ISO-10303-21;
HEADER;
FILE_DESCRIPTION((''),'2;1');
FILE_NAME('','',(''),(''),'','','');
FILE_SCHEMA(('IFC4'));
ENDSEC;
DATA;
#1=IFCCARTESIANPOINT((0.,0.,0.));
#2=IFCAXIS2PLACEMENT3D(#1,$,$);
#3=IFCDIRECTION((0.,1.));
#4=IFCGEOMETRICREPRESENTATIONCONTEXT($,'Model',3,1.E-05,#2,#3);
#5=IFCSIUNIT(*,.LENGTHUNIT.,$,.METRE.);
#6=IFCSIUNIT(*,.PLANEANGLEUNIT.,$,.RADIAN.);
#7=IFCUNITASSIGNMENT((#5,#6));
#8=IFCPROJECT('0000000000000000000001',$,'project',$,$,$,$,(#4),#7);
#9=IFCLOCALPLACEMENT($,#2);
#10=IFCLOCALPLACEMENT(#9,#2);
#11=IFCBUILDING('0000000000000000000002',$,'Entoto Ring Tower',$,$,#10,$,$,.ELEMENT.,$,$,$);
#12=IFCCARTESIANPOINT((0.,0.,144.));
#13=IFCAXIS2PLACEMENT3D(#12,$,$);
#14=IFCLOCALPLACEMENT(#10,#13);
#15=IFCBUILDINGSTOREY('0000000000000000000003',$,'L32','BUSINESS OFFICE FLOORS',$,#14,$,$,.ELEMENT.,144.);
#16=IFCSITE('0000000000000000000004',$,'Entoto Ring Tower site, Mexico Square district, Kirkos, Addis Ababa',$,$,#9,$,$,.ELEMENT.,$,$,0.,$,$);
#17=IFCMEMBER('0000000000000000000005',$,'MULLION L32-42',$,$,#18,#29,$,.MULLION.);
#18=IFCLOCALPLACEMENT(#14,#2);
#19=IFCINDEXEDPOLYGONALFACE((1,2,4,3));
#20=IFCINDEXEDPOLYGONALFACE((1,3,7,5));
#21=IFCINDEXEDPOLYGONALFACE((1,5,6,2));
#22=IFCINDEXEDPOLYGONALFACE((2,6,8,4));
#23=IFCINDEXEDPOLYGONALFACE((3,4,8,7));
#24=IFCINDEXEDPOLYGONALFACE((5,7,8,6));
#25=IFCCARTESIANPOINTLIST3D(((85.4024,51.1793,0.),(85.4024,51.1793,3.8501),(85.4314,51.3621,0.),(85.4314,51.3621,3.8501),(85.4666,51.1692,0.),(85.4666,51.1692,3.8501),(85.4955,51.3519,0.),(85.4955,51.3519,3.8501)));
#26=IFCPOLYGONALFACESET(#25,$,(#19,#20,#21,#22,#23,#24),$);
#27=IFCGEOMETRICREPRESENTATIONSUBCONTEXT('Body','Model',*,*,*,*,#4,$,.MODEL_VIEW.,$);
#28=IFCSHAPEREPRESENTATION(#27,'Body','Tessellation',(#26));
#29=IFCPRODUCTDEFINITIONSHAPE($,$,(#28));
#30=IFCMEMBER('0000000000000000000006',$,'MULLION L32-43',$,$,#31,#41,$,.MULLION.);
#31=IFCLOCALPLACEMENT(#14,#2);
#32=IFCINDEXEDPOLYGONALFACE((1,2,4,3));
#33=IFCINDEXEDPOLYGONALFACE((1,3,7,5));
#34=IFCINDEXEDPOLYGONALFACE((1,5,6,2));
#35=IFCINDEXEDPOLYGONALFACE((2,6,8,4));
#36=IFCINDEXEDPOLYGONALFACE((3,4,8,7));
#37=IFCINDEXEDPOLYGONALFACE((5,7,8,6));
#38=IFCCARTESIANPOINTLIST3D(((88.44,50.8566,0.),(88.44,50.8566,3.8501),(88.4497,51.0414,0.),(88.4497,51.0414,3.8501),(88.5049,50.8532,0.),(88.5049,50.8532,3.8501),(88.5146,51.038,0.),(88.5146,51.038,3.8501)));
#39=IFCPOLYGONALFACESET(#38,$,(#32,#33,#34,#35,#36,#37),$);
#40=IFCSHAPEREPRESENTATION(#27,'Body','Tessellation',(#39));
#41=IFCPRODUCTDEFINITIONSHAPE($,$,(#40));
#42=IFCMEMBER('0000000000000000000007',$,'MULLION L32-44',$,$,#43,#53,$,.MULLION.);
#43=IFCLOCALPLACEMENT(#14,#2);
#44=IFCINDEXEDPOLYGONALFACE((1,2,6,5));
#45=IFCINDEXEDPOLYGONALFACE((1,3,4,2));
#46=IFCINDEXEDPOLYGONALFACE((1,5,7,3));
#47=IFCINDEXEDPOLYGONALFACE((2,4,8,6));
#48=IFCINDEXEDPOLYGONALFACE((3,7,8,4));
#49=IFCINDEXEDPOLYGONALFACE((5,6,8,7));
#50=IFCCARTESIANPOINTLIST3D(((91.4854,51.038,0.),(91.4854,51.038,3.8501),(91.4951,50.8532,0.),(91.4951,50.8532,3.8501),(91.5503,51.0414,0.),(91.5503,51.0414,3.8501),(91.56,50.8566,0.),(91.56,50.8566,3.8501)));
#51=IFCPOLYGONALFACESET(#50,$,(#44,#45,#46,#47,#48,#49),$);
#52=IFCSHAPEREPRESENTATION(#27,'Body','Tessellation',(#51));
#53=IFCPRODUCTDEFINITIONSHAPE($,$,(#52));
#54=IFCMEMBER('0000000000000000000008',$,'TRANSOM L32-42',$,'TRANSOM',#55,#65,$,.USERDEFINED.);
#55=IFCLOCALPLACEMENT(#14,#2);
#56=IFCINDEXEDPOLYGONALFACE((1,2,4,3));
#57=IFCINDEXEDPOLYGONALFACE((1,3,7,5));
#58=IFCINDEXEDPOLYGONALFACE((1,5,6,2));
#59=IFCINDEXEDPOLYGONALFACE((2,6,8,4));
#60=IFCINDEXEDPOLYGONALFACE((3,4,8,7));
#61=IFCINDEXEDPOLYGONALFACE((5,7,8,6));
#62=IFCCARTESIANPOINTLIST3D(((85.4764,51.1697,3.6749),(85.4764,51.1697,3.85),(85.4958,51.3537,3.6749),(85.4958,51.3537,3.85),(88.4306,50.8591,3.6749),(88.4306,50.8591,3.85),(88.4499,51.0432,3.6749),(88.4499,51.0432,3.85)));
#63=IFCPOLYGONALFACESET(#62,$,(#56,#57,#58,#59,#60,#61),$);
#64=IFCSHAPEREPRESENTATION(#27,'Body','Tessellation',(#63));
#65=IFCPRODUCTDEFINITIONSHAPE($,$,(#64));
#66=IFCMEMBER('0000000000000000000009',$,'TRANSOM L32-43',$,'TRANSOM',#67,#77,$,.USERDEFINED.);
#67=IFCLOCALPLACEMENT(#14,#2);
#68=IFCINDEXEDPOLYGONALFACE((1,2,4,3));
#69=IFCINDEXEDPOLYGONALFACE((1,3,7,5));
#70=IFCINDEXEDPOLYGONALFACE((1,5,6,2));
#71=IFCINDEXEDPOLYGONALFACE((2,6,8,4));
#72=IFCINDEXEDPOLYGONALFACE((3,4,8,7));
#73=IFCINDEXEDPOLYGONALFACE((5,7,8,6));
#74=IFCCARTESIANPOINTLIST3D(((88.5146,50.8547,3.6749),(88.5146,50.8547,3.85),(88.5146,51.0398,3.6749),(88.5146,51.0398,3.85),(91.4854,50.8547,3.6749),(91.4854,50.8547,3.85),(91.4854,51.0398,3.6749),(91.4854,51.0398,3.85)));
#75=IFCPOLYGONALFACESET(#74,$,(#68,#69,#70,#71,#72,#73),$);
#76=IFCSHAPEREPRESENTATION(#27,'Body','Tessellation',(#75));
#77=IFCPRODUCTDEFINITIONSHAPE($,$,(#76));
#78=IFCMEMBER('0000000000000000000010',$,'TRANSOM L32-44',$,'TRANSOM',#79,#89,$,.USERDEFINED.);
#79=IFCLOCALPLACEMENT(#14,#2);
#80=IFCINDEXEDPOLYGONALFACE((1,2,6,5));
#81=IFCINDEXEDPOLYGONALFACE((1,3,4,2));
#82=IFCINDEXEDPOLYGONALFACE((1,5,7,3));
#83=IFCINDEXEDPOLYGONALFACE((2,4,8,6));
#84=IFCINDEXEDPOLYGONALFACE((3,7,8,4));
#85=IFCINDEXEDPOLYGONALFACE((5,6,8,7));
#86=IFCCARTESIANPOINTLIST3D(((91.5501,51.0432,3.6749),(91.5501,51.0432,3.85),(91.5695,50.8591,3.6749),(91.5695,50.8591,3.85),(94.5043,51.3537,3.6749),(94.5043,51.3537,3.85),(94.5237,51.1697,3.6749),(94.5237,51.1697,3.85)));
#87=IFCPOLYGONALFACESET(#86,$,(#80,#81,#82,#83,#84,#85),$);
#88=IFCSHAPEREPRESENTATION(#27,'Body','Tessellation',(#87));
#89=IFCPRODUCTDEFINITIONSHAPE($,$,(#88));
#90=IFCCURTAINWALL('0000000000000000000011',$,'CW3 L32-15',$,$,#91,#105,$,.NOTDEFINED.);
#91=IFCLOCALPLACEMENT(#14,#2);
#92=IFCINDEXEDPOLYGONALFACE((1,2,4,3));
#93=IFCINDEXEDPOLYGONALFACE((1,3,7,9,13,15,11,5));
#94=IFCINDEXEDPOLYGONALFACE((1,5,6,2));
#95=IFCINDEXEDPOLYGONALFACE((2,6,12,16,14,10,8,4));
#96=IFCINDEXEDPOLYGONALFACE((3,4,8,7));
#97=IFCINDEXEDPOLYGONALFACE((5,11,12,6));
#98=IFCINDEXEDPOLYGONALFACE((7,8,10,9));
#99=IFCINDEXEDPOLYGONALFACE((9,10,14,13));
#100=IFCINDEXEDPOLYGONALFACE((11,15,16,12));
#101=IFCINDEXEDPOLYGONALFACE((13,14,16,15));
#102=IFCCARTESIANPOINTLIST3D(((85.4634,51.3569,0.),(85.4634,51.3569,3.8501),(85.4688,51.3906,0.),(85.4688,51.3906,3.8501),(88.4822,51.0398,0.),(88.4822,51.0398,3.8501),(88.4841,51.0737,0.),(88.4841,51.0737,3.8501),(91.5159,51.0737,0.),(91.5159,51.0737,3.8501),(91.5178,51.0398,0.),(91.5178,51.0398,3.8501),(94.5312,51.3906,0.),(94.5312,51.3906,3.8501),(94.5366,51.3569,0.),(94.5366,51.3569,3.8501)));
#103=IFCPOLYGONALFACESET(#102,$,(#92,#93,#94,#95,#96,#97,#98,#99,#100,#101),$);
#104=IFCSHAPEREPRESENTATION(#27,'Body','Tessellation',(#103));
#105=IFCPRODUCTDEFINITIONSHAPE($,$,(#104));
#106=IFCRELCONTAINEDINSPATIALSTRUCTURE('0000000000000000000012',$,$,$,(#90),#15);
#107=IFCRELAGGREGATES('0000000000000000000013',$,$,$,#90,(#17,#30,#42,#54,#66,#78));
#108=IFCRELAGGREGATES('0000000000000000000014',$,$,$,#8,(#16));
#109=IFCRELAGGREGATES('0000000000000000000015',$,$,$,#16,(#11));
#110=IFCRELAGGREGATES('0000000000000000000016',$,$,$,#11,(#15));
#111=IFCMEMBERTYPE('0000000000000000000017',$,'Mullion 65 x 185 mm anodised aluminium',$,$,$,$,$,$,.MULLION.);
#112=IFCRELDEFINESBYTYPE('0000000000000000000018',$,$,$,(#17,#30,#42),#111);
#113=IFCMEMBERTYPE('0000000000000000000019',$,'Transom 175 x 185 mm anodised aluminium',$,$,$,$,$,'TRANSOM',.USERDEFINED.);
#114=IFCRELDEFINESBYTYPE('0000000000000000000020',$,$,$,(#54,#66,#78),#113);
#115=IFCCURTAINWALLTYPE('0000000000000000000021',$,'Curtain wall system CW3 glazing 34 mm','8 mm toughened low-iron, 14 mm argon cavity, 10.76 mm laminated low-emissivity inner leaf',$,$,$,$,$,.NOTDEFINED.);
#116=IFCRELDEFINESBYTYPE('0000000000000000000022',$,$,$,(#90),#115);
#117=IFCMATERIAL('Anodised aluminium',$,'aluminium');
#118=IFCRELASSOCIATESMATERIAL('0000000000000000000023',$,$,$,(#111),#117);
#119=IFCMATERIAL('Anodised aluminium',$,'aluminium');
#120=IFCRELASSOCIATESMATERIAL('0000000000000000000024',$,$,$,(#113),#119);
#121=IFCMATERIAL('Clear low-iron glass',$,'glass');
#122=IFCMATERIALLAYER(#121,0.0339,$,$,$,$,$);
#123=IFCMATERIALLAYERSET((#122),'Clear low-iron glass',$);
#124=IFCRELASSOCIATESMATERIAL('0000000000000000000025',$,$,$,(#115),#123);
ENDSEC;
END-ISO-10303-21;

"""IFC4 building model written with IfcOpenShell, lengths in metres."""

from ifc_helpers import new_model, si_unit, direction, frame, origin, origin_2d, place, context, subcontext, project, spatial, polyline, rectangle, outline, extrude, material, layer, layer_set, material_profile, profile_set, type_object, element, aggregate, save


model = new_model("IFC4")

# Units and contexts
model_context = context("Model", 3, precision=1e-05, world=origin(), true_north=direction((0.0, 1.0)))
body_context = subcontext(model_context, "Body", "Model", "MODEL_VIEW")
ifc_project = project(units=[si_unit("LENGTHUNIT", "METRE"), si_unit("PLANEANGLEUNIT", "RADIAN")], contexts=[model_context])

# Members
ifc_material_1 = material(Name="Anodised aluminium", Category="aluminium")
ifc_material_profile_1 = material_profile(ifc_material_1, rectangle(XDim=0.0649, YDim=0.1851, at=origin_2d()), Name="Mullion 65 x 185 mm anodised aluminium")
ifc_profile_set_1 = profile_set([ifc_material_profile_1], Name="Anodised aluminium")
member_type_1 = type_object("IfcMemberType", Name="Mullion 65 x 185 mm anodised aluminium", PredefinedType="MULLION", material=ifc_profile_set_1)
site_placement = place(None, origin())
building_placement = place(site_placement, origin())
storey_placement = place(building_placement, frame((0.0, 0.0, 144.0)))
member_1_placement = place(storey_placement, frame((85.449, 51.2656, 0.0), z_axis=(0.0, 0.0, 1.0), x_axis=(0.987688, -0.156434, 0.0)))
member_1 = element("IfcMember", 1, at=member_1_placement, type_object=member_type_1, Name="MULLION L32-42", PredefinedType="MULLION", context=body_context, shape_type="SweptSolid", body=[
    extrude(rectangle(XDim=0.0649, YDim=0.1851, at=origin_2d()), origin(), (0.0, 0.0, 1.0), 3.8501),
])
member_2_placement = place(storey_placement, frame((88.4773, 50.9473, 0.0), z_axis=(0.0, 0.0, 1.0), x_axis=(0.99863, -0.052336, 0.0)))
member_2 = element("IfcMember", 2, at=member_2_placement, type_object=member_type_1, Name="MULLION L32-43", PredefinedType="MULLION", context=body_context, shape_type="SweptSolid", body=[
    extrude(rectangle(XDim=0.0649, YDim=0.1851, at=origin_2d()), origin(), (0.0, 0.0, 1.0), 3.8501),
])
member_3_placement = place(storey_placement, frame((91.5227, 50.9473, 0.0), z_axis=(0.0, 0.0, 1.0), x_axis=(0.99863, 0.052336, 0.0)))
member_3 = element("IfcMember", 3, at=member_3_placement, type_object=member_type_1, Name="MULLION L32-44", PredefinedType="MULLION", context=body_context, shape_type="SweptSolid", body=[
    extrude(rectangle(XDim=0.0649, YDim=0.1851, at=origin_2d()), origin(), (0.0, 0.0, 1.0), 3.8501),
])
ifc_material_2 = material(Name="Anodised aluminium", Category="aluminium")
ifc_material_profile_2 = material_profile(ifc_material_2, rectangle(XDim=0.1851, YDim=0.175, at=origin_2d()), Name="Transom 175 x 185 mm anodised aluminium")
ifc_profile_set_2 = profile_set([ifc_material_profile_2], Name="Anodised aluminium")
member_type_2 = type_object("IfcMemberType", Name="Transom 175 x 185 mm anodised aluminium", ElementType="TRANSOM", PredefinedType="USERDEFINED", material=ifc_profile_set_2)
member_4_placement = place(storey_placement, frame((85.4861, 51.2617, 3.7625), z_axis=(0.99452, -0.104548, 0.0), x_axis=(0.104548, 0.99452, 0.0)))
member_4 = element("IfcMember", 4, at=member_4_placement, type_object=member_type_2, Name="TRANSOM L32-42", ObjectType="TRANSOM", PredefinedType="USERDEFINED", context=body_context, shape_type="SweptSolid", body=[
    extrude(rectangle(XDim=0.1851, YDim=0.175, at=origin_2d()), origin(), (0.0, 0.0, 1.0), 2.9705),
])
member_5_placement = place(storey_placement, frame((88.5146, 50.9473, 3.7625), z_axis=(1.0, 0.0, 0.0), x_axis=(0.0, 1.0, 0.0)))
member_5 = element("IfcMember", 5, at=member_5_placement, type_object=member_type_2, Name="TRANSOM L32-43", ObjectType="TRANSOM", PredefinedType="USERDEFINED", context=body_context, shape_type="SweptSolid", body=[
    extrude(rectangle(XDim=0.1851, YDim=0.175, at=origin_2d()), origin(), (0.0, 0.0, 1.0), 2.9707),
])
member_6_placement = place(storey_placement, frame((91.5598, 50.9512, 3.7625), z_axis=(0.99452, 0.104548, 0.0), x_axis=(-0.104548, 0.99452, 0.0)))
member_6 = element("IfcMember", 6, at=member_6_placement, type_object=member_type_2, Name="TRANSOM L32-44", ObjectType="TRANSOM", PredefinedType="USERDEFINED", context=body_context, shape_type="SweptSolid", body=[
    extrude(rectangle(XDim=0.1851, YDim=0.175, at=origin_2d()), origin(), (0.0, 0.0, 1.0), 2.9705),
])

# Site, building, storey
site = spatial("IfcSite", under=ifc_project, at=site_placement, Name="Entoto Ring Tower site, Mexico Square district, Kirkos, Addis Ababa", CompositionType="ELEMENT", RefElevation=0.0)
building = spatial("IfcBuilding", under=site, at=building_placement, Name="Entoto Ring Tower", CompositionType="ELEMENT")
storey = spatial("IfcBuildingStorey", under=building, at=storey_placement, Name="L32", Description="BUSINESS OFFICE FLOORS", CompositionType="ELEMENT", Elevation=144.0)

# Curtain wall
ifc_material_3 = material(Name="Clear low-iron glass", Category="glass")
ifc_layer = layer(ifc_material_3, 0.0339)
ifc_layer_set = layer_set([ifc_layer], Name="Clear low-iron glass")
curtain_wall_type = type_object("IfcCurtainWallType", Name="Curtain wall system CW3 glazing 34 mm", Description="8 mm toughened low-iron, 14 mm argon cavity, 10.76 mm laminated low-emissivity inner leaf", PredefinedType="NOTDEFINED", material=ifc_layer_set)
curtain_wall_1_placement = place(storey_placement, origin())
curtain_wall_1 = element("IfcCurtainWall", 7, at=curtain_wall_1_placement, inside=storey, type_object=curtain_wall_type, Name="CW3 L32-15", PredefinedType="NOTDEFINED", context=body_context, shape_type="SweptSolid", body=[
    extrude(outline(polyline([(85.4634, 51.3569), (88.4822, 51.0398), (91.5178, 51.0398), (94.5366, 51.3569), (94.5312, 51.3906), (91.5159, 51.0737), (88.4841, 51.0737), (85.4688, 51.3906), (85.4634, 51.3569)])), origin(), (0.0, 0.0, 1.0), 3.8501),
])
aggregate(curtain_wall_1, [member_1, member_2, member_3, member_4, member_5, member_6])

save(model, "model.ifc")
